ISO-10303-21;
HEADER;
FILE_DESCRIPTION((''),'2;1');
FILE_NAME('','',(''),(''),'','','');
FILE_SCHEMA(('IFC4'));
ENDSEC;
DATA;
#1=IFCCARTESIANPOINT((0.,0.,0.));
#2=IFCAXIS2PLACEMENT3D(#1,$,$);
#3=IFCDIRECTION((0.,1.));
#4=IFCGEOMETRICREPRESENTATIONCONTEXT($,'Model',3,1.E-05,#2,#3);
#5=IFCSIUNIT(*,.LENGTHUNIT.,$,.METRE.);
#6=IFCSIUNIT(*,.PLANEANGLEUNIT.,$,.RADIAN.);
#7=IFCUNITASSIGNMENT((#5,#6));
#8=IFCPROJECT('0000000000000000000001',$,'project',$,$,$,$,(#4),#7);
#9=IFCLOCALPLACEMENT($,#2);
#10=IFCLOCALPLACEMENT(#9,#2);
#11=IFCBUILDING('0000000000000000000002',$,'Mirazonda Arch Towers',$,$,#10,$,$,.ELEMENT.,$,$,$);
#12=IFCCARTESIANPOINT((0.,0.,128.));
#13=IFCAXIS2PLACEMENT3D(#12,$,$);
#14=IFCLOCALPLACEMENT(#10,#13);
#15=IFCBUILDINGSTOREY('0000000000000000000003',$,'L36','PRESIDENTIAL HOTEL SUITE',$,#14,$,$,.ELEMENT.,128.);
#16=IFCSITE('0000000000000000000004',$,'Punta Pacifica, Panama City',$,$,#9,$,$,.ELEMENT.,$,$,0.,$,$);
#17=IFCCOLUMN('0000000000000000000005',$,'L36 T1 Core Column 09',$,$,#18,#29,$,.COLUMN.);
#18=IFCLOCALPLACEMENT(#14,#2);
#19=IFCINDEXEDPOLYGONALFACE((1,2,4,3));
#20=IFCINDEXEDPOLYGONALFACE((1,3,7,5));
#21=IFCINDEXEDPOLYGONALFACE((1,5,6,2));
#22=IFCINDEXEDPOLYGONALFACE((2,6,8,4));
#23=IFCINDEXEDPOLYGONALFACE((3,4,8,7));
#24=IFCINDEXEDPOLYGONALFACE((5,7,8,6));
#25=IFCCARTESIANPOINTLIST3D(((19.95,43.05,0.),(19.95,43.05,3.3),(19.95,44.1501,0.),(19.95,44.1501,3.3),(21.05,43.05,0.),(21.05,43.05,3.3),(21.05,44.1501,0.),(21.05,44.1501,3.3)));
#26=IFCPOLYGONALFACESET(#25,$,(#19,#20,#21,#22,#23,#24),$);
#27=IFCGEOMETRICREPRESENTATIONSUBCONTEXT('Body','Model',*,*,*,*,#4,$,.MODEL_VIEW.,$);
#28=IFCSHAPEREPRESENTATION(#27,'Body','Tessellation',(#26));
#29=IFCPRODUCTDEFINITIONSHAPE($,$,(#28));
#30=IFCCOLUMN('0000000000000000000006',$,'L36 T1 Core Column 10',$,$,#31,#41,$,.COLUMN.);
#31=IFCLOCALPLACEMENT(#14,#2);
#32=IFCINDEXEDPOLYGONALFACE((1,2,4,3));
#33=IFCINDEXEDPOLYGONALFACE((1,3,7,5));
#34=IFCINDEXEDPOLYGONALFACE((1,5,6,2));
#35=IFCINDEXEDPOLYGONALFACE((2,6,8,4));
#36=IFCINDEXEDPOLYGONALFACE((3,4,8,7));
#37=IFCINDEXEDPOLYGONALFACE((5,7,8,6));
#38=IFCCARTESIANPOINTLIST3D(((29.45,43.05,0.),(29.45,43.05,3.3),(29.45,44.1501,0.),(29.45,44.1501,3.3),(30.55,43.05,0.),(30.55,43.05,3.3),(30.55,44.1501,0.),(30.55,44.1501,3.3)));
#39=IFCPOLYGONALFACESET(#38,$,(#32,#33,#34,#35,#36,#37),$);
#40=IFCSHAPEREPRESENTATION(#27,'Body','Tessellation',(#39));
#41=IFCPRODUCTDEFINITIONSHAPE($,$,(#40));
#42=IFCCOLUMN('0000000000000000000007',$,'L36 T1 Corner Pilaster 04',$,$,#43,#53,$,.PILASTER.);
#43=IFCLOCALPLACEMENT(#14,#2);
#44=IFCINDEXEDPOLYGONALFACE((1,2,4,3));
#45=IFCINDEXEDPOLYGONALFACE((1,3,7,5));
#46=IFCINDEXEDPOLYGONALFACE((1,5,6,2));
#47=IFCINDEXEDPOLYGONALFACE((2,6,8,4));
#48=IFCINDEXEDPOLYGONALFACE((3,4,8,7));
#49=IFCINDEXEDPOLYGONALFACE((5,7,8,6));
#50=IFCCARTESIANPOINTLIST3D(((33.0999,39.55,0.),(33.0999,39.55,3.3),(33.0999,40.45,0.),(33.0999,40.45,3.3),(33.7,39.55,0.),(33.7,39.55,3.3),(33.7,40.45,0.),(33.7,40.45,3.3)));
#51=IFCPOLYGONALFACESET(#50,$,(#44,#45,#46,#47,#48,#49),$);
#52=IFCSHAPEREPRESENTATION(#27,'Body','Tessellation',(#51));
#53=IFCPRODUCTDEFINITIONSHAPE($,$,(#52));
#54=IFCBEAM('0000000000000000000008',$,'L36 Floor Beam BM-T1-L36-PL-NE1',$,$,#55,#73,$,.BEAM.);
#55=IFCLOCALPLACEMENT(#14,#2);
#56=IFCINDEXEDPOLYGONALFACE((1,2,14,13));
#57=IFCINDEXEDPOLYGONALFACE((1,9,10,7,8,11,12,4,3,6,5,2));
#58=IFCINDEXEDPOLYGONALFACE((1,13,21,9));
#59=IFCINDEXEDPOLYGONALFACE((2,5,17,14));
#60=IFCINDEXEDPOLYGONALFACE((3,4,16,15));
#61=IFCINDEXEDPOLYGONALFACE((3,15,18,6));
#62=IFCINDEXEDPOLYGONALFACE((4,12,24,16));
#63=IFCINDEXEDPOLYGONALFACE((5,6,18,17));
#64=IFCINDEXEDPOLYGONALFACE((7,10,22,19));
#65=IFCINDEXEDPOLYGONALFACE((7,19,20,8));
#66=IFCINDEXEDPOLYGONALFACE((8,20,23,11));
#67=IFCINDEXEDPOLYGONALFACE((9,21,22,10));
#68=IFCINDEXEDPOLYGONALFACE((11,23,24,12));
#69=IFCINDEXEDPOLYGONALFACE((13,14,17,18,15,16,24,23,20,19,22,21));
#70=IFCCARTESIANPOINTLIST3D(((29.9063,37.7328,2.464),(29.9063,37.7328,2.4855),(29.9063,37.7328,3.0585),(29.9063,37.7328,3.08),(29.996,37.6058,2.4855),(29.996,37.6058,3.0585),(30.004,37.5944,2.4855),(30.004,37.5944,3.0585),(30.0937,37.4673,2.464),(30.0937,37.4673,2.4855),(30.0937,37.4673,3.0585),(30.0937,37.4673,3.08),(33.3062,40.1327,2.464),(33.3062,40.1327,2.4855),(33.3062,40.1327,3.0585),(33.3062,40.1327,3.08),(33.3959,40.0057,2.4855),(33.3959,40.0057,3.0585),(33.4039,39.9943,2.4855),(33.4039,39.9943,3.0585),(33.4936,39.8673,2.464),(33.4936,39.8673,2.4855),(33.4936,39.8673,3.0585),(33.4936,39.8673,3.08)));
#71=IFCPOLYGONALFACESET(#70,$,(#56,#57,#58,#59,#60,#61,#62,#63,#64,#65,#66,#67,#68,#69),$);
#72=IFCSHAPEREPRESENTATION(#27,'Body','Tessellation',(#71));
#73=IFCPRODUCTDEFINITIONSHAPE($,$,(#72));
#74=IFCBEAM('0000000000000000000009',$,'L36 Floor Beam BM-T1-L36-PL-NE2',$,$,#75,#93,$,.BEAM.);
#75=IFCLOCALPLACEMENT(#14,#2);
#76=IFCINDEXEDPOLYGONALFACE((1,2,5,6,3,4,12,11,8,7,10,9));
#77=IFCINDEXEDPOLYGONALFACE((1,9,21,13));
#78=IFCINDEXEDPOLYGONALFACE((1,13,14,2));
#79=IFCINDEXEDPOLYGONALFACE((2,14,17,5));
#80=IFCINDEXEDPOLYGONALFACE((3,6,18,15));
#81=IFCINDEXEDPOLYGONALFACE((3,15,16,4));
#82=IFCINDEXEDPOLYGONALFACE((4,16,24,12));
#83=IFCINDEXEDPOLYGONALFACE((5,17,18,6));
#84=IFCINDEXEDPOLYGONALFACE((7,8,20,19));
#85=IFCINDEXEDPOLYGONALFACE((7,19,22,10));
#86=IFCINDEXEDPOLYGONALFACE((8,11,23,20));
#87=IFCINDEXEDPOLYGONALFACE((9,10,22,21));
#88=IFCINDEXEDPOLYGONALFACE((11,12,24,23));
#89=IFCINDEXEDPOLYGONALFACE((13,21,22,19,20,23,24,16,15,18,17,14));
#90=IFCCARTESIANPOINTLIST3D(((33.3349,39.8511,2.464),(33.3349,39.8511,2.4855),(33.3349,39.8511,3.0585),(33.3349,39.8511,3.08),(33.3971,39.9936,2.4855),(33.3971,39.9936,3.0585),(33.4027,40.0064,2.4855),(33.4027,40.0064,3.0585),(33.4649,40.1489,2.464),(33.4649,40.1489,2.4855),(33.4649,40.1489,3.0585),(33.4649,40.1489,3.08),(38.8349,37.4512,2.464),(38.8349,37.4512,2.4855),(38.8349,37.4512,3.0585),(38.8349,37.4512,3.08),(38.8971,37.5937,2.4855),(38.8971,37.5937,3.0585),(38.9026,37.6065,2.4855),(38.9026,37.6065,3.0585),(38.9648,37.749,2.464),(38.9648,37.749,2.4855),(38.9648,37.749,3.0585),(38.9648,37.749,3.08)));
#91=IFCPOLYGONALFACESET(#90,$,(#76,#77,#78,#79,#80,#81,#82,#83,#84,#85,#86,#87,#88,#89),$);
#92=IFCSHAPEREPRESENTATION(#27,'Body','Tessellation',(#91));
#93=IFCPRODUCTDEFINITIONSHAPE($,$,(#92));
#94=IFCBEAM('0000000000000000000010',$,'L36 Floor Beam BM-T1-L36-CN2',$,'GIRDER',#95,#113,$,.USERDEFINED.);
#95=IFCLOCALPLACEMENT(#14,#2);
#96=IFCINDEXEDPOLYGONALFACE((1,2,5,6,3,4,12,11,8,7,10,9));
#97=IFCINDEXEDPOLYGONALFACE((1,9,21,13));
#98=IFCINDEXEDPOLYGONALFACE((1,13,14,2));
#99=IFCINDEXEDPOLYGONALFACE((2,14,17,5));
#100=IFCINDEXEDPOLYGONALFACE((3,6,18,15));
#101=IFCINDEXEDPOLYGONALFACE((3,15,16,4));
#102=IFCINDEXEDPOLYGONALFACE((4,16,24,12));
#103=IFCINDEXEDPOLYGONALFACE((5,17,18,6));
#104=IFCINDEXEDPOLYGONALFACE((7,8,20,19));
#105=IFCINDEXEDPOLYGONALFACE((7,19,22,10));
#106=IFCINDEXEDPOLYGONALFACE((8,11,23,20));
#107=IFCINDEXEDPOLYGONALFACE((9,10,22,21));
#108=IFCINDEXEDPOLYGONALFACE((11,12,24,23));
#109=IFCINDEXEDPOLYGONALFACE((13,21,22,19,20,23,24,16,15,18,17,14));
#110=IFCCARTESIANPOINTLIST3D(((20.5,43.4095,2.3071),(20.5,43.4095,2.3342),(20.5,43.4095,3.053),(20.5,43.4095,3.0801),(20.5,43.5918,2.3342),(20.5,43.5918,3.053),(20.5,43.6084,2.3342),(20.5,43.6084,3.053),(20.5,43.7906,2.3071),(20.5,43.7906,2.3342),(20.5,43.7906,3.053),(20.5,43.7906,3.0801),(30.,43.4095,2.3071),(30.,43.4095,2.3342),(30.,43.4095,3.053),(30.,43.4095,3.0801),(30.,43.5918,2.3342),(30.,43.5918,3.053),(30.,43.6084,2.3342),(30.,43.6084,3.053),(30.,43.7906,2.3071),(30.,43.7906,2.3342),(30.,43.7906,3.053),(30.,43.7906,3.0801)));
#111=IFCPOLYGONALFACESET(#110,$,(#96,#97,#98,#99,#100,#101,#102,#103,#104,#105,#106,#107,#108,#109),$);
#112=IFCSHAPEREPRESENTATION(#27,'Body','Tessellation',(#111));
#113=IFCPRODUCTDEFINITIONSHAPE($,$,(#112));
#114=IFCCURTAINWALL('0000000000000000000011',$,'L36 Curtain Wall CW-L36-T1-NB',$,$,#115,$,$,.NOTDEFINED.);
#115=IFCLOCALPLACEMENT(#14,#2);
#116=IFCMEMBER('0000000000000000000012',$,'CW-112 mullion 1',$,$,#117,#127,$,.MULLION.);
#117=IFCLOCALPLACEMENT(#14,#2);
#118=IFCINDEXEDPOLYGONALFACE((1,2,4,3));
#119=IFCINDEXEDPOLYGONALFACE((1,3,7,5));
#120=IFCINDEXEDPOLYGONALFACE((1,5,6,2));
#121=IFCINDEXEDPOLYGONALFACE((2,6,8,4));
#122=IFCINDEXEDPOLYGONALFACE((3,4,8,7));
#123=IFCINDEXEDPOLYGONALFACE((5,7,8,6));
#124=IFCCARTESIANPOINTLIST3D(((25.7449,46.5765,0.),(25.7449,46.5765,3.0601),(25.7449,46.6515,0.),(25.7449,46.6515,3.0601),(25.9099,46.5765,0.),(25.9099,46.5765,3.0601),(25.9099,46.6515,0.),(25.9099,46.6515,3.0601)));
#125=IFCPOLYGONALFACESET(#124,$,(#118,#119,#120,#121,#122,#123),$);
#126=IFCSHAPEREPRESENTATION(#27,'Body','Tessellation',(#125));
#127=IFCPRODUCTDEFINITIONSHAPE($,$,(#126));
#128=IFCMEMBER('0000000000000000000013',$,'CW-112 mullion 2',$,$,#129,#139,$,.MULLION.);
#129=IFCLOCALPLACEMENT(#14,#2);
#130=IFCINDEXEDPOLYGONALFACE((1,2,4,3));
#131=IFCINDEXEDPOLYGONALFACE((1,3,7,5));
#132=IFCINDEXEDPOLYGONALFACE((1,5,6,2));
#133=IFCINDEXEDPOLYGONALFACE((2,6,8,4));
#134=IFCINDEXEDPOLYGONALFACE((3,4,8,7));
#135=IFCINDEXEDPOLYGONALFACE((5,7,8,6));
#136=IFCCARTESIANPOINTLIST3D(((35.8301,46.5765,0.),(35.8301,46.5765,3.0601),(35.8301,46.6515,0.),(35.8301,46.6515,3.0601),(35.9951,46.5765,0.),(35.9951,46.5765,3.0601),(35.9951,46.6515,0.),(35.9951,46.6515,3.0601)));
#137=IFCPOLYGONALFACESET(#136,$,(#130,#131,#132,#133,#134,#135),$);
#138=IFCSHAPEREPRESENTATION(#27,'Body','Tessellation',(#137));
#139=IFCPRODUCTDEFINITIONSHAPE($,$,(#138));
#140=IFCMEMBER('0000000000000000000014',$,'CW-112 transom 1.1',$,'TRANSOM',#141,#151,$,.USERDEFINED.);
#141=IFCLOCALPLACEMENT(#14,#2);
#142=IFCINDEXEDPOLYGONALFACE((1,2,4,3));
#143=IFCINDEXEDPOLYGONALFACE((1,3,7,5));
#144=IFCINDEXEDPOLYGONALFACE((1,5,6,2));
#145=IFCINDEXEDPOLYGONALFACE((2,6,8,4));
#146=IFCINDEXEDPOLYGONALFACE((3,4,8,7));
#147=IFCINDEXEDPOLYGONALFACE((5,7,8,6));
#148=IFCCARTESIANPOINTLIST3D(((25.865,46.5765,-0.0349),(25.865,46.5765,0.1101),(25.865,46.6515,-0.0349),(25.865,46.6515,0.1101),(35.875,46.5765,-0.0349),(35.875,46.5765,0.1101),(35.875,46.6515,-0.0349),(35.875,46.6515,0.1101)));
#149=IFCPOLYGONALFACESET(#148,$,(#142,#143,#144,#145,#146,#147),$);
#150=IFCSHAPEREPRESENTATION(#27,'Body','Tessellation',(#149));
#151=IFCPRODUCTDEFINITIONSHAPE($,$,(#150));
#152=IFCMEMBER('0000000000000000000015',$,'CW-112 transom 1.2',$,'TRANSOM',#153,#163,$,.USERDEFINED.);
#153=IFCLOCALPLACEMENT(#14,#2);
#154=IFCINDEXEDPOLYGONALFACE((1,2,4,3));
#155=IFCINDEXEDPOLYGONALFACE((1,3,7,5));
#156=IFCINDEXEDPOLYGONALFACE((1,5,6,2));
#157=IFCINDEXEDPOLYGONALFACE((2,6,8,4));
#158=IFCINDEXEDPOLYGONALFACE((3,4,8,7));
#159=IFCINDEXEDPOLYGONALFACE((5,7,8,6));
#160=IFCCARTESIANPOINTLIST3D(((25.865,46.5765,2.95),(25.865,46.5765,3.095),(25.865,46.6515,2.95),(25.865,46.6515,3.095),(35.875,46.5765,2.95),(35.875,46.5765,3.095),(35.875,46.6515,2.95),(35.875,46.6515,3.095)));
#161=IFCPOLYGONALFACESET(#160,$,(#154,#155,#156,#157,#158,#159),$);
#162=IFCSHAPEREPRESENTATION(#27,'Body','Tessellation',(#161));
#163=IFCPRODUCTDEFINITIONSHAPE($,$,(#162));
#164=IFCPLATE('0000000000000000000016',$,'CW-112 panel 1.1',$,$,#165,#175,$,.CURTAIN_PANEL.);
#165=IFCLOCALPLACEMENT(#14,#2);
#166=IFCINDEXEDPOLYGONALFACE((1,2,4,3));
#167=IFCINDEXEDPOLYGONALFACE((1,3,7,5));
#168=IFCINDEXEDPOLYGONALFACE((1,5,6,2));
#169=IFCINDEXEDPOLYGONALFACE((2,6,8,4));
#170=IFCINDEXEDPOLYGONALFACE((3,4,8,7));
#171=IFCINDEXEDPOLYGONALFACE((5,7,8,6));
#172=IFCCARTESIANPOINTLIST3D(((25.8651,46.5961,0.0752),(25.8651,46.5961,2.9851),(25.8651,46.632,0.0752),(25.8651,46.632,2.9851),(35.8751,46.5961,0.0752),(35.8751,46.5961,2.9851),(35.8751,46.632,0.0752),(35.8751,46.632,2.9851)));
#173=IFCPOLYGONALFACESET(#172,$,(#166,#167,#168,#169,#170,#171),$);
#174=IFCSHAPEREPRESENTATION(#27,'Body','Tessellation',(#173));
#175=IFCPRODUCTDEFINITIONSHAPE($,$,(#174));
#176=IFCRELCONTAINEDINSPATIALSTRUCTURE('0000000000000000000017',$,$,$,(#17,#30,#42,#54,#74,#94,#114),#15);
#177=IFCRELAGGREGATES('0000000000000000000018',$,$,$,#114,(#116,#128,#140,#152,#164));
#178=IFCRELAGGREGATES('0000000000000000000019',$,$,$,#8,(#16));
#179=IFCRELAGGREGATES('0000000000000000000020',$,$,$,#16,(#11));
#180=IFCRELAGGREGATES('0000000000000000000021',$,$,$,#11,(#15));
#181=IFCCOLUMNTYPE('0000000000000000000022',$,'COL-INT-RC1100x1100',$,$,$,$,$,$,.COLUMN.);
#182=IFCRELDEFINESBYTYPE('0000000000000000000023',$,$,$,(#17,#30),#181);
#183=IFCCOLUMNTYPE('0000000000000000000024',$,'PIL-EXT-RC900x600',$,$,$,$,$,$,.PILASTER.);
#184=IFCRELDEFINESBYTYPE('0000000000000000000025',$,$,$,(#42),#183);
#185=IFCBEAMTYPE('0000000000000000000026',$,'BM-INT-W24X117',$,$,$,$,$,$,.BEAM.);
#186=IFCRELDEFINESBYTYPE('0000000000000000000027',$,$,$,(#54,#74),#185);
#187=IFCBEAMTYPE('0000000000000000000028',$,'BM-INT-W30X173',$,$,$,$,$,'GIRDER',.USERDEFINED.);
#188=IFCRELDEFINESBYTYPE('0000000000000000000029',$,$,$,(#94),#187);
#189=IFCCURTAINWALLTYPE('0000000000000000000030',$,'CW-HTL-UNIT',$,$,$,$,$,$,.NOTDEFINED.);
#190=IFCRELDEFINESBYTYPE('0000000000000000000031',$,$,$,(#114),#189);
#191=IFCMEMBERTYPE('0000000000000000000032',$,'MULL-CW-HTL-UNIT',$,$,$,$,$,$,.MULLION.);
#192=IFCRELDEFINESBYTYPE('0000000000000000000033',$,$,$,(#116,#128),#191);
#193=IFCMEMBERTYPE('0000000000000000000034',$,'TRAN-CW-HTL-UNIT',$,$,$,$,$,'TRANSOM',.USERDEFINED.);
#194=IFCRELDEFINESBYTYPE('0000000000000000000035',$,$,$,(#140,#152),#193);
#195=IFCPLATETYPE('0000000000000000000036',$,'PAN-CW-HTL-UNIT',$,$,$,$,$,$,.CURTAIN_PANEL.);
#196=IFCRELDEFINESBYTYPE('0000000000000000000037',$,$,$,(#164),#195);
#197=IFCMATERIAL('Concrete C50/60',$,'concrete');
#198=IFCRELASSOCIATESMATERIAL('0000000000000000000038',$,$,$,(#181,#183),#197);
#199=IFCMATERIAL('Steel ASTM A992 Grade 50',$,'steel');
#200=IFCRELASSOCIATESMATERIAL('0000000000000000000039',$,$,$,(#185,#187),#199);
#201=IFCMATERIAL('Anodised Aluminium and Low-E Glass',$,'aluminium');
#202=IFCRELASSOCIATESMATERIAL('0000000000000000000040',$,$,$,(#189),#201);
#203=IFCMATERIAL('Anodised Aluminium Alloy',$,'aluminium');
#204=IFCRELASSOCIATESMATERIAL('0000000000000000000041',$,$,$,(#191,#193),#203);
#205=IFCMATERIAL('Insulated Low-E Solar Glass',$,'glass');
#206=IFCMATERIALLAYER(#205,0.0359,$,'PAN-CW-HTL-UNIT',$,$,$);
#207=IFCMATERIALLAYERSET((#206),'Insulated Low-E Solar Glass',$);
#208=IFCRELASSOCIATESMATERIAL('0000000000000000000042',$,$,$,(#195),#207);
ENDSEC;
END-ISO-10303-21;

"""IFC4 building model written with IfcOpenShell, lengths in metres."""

from ifc_helpers import new_model, si_unit, direction, frame, origin, origin_2d, place, context, subcontext, project, spatial, rectangle, i_section, extrude, material, layer, layer_set, material_profile, profile_set, type_object, element, aggregate, save


model = new_model("IFC4")

# Units and contexts
model_context = context("Model", 3, precision=1e-05, world=origin(), true_north=direction((0.0, 1.0)))
body_context = subcontext(model_context, "Body", "Model", "MODEL_VIEW")
ifc_project = project(units=[si_unit("LENGTHUNIT", "METRE"), si_unit("PLANEANGLEUNIT", "RADIAN")], contexts=[model_context])

# Site, building, storey
site_placement = place(None, origin())
site = spatial("IfcSite", under=ifc_project, at=site_placement, Name="Punta Pacifica, Panama City", CompositionType="ELEMENT", RefElevation=0.0)
building_placement = place(site_placement, origin())
building = spatial("IfcBuilding", under=site, at=building_placement, Name="Mirazonda Arch Towers", CompositionType="ELEMENT")
storey_placement = place(building_placement, frame((0.0, 0.0, 128.0)))
storey = spatial("IfcBuildingStorey", under=building, at=storey_placement, Name="L36", Description="PRESIDENTIAL HOTEL SUITE", CompositionType="ELEMENT", Elevation=128.0)

# Columns
ifc_material_1 = material(Name="Concrete C50/60", Category="concrete")
ifc_material_profile_1 = material_profile(ifc_material_1, rectangle(XDim=1.1001, YDim=1.1001, at=origin_2d()), Name="RC1100x1100")
ifc_profile_set_1 = profile_set([ifc_material_profile_1], Name="Concrete C50/60")
column_type_1 = type_object("IfcColumnType", Name="COL-INT-RC1100x1100", PredefinedType="COLUMN", material=ifc_profile_set_1)
for number, where, z_axis, x_axis, name in (
    (1, (20.5, 43.6001, 0.0), (0.0, 0.0, 1.0), (1.0, 0.0, 0.0), "L36 T1 Core Column 09"),
    (2, (30.0, 43.6001, 0.0), (0.0, 0.0, 1.0), (1.0, 0.0, 0.0), "L36 T1 Core Column 10"),
):
    element("IfcColumn", number, at=place(storey_placement, frame(where, z_axis=z_axis, x_axis=x_axis)), inside=storey, type_object=column_type_1, Name=name, PredefinedType="COLUMN", context=body_context, shape_type="SweptSolid", body=[
        extrude(rectangle(XDim=1.1001, YDim=1.1001, at=origin_2d()), origin(), (0.0, 0.0, 1.0), 3.3),
    ])
ifc_material_profile_2 = material_profile(ifc_material_1, rectangle(XDim=0.6001, YDim=0.8999, at=origin_2d()), Name="RC900x600")
ifc_profile_set_2 = profile_set([ifc_material_profile_2], Name="Concrete C50/60")
column_type_2 = type_object("IfcColumnType", Name="PIL-EXT-RC900x600", PredefinedType="PILASTER", material=ifc_profile_set_2)
column_placement = place(storey_placement, frame((33.3999, 40.0, 0.0), z_axis=(0.0, 0.0, 1.0), x_axis=(1.0, 0.0, 0.0)))
element("IfcColumn", 3, at=column_placement, inside=storey, type_object=column_type_2, Name="L36 T1 Corner Pilaster 04", PredefinedType="PILASTER", context=body_context, shape_type="SweptSolid", body=[
    extrude(rectangle(XDim=0.6001, YDim=0.8999, at=origin_2d()), origin(), (0.0, 0.0, 1.0), 3.3),
])

# Beams
ifc_material_2 = material(Name="Steel ASTM A992 Grade 50", Category="steel")
ifc_material_profile_3 = material_profile(ifc_material_2, i_section(OverallWidth=0.325, OverallDepth=0.616, WebThickness=0.0139, FlangeThickness=0.0215, at=origin_2d()), Name="W24X117")
ifc_profile_set_3 = profile_set([ifc_material_profile_3], Name="Steel ASTM A992 Grade 50")
beam_type_1 = type_object("IfcBeamType", Name="BM-INT-W24X117", PredefinedType="BEAM", material=ifc_profile_set_3)
beam_1_placement = place(storey_placement, frame((33.3999, 40.0, 2.772), z_axis=(-0.816971, -0.576679, 0.0), x_axis=(0.576679, -0.816971, 0.0)))
element("IfcBeam", 4, at=beam_1_placement, inside=storey, type_object=beam_type_1, Name="L36 Floor Beam BM-T1-L36-PL-NE1", PredefinedType="BEAM", context=body_context, shape_type="SweptSolid", body=[
    extrude(i_section(OverallWidth=0.325, OverallDepth=0.616, WebThickness=0.0139, FlangeThickness=0.0215, at=origin_2d()), origin(), (0.0, 0.0, 1.0), 4.1616),
])
beam_2_placement = place(storey_placement, frame((33.3999, 40.0, 2.772), z_axis=(0.916545, -0.399931, 0.0), x_axis=(0.399931, 0.916545, 0.0)))
element("IfcBeam", 5, at=beam_2_placement, inside=storey, type_object=beam_type_1, Name="L36 Floor Beam BM-T1-L36-PL-NE2", PredefinedType="BEAM", context=body_context, shape_type="SweptSolid", body=[
    extrude(i_section(OverallWidth=0.325, OverallDepth=0.616, WebThickness=0.0139, FlangeThickness=0.0215, at=origin_2d()), origin(), (0.0, 0.0, 1.0), 6.0007),
])
ifc_material_profile_4 = material_profile(ifc_material_2, i_section(OverallWidth=0.3811, OverallDepth=0.7729, WebThickness=0.0166, FlangeThickness=0.0271, at=origin_2d()), Name="W30X173")
ifc_profile_set_4 = profile_set([ifc_material_profile_4], Name="Steel ASTM A992 Grade 50")
beam_type_2 = type_object("IfcBeamType", Name="BM-INT-W30X173", ElementType="GIRDER", PredefinedType="USERDEFINED", material=ifc_profile_set_4)
beam_3_placement = place(storey_placement, frame((20.5, 43.6001, 2.6936), z_axis=(1.0, 0.0, 0.0), x_axis=(0.0, 1.0, 0.0)))
element("IfcBeam", 6, at=beam_3_placement, inside=storey, type_object=beam_type_2, Name="L36 Floor Beam BM-T1-L36-CN2", ObjectType="GIRDER", PredefinedType="USERDEFINED", context=body_context, shape_type="SweptSolid", body=[
    extrude(i_section(OverallWidth=0.3811, OverallDepth=0.7729, WebThickness=0.0166, FlangeThickness=0.0271, at=origin_2d()), origin(), (0.0, 0.0, 1.0), 9.5),
])

# Curtain wall, members, plate
ifc_material_3 = material(Name="Anodised Aluminium and Low-E Glass", Category="aluminium")
curtain_wall_type = type_object("IfcCurtainWallType", Name="CW-HTL-UNIT", PredefinedType="NOTDEFINED", material=ifc_material_3)
curtain_wall_placement = place(storey_placement, origin())
curtain_wall = element("IfcCurtainWall", 7, at=curtain_wall_placement, inside=storey, type_object=curtain_wall_type, Name="L36 Curtain Wall CW-L36-T1-NB", PredefinedType="NOTDEFINED")
ifc_material_4 = material(Name="Anodised Aluminium Alloy", Category="aluminium")
ifc_material_profile_5 = material_profile(ifc_material_4, rectangle(XDim=0.075, YDim=0.165, at=origin_2d()), Name="ALU-MULL-75x165")
ifc_profile_set_5 = profile_set([ifc_material_profile_5], Name="Anodised Aluminium Alloy")
member_type_1 = type_object("IfcMemberType", Name="MULL-CW-HTL-UNIT", PredefinedType="MULLION", material=ifc_profile_set_5)
member_1_placement = place(storey_placement, frame((25.8274, 46.614, 0.0), z_axis=(0.0, 0.0, 1.0), x_axis=(0.0, 1.0, 0.0)))
member_1 = element("IfcMember", 8, at=member_1_placement, type_object=member_type_1, Name="CW-112 mullion 1", PredefinedType="MULLION", context=body_context, shape_type="SweptSolid", body=[
    extrude(rectangle(XDim=0.075, YDim=0.165, at=origin_2d()), origin(), (0.0, 0.0, 1.0), 3.0601),
])
member_2_placement = place(storey_placement, frame((35.9126, 46.614, 0.0), z_axis=(0.0, 0.0, 1.0), x_axis=(0.0, 1.0, 0.0)))
member_2 = element("IfcMember", 9, at=member_2_placement, type_object=member_type_1, Name="CW-112 mullion 2", PredefinedType="MULLION", context=body_context, shape_type="SweptSolid", body=[
    extrude(rectangle(XDim=0.075, YDim=0.165, at=origin_2d()), origin(), (0.0, 0.0, 1.0), 3.0601),
])
ifc_material_profile_6 = material_profile(ifc_material_4, rectangle(XDim=0.075, YDim=0.145, at=origin_2d()), Name="ALU-TRAN-75x145")
ifc_profile_set_6 = profile_set([ifc_material_profile_6], Name="Anodised Aluminium Alloy")
member_type_2 = type_object("IfcMemberType", Name="TRAN-CW-HTL-UNIT", ElementType="TRANSOM", PredefinedType="USERDEFINED", material=ifc_profile_set_6)
member_3_placement = place(storey_placement, frame((25.865, 46.614, 0.0376), z_axis=(1.0, 0.0, 0.0), x_axis=(0.0, 1.0, 0.0)))
member_3 = element("IfcMember", 10, at=member_3_placement, type_object=member_type_2, Name="CW-112 transom 1.1", ObjectType="TRANSOM", PredefinedType="USERDEFINED", context=body_context, shape_type="SweptSolid", body=[
    extrude(rectangle(XDim=0.075, YDim=0.145, at=origin_2d()), origin(), (0.0, 0.0, 1.0), 10.01),
])
member_4_placement = place(storey_placement, frame((25.865, 46.614, 3.0225), z_axis=(1.0, 0.0, 0.0), x_axis=(0.0, 1.0, 0.0)))
member_4 = element("IfcMember", 11, at=member_4_placement, type_object=member_type_2, Name="CW-112 transom 1.2", ObjectType="TRANSOM", PredefinedType="USERDEFINED", context=body_context, shape_type="SweptSolid", body=[
    extrude(rectangle(XDim=0.075, YDim=0.145, at=origin_2d()), origin(), (0.0, 0.0, 1.0), 10.01),
])
ifc_material_5 = material(Name="Insulated Low-E Solar Glass", Category="glass")
ifc_layer_1 = layer(ifc_material_5, 0.0359, Name="PAN-CW-HTL-UNIT")
ifc_layer_set_1 = layer_set([ifc_layer_1], Name="Insulated Low-E Solar Glass")
plate_type = type_object("IfcPlateType", Name="PAN-CW-HTL-UNIT", PredefinedType="CURTAIN_PANEL", material=ifc_layer_set_1)
plate_placement = place(storey_placement, frame((30.8701, 46.614, 0.0752), z_axis=(0.0, 0.0, 1.0), x_axis=(1.0, 0.0, 0.0)))
plate = element("IfcPlate", 12, at=plate_placement, type_object=plate_type, Name="CW-112 panel 1.1", PredefinedType="CURTAIN_PANEL", context=body_context, shape_type="SweptSolid", body=[
    extrude(rectangle(XDim=10.01, YDim=0.0359, at=origin_2d()), origin(), (0.0, 0.0, 1.0), 2.9099),
])
aggregate(curtain_wall, [member_1, member_2, member_3, member_4, plate])

save(model, "model.ifc")
